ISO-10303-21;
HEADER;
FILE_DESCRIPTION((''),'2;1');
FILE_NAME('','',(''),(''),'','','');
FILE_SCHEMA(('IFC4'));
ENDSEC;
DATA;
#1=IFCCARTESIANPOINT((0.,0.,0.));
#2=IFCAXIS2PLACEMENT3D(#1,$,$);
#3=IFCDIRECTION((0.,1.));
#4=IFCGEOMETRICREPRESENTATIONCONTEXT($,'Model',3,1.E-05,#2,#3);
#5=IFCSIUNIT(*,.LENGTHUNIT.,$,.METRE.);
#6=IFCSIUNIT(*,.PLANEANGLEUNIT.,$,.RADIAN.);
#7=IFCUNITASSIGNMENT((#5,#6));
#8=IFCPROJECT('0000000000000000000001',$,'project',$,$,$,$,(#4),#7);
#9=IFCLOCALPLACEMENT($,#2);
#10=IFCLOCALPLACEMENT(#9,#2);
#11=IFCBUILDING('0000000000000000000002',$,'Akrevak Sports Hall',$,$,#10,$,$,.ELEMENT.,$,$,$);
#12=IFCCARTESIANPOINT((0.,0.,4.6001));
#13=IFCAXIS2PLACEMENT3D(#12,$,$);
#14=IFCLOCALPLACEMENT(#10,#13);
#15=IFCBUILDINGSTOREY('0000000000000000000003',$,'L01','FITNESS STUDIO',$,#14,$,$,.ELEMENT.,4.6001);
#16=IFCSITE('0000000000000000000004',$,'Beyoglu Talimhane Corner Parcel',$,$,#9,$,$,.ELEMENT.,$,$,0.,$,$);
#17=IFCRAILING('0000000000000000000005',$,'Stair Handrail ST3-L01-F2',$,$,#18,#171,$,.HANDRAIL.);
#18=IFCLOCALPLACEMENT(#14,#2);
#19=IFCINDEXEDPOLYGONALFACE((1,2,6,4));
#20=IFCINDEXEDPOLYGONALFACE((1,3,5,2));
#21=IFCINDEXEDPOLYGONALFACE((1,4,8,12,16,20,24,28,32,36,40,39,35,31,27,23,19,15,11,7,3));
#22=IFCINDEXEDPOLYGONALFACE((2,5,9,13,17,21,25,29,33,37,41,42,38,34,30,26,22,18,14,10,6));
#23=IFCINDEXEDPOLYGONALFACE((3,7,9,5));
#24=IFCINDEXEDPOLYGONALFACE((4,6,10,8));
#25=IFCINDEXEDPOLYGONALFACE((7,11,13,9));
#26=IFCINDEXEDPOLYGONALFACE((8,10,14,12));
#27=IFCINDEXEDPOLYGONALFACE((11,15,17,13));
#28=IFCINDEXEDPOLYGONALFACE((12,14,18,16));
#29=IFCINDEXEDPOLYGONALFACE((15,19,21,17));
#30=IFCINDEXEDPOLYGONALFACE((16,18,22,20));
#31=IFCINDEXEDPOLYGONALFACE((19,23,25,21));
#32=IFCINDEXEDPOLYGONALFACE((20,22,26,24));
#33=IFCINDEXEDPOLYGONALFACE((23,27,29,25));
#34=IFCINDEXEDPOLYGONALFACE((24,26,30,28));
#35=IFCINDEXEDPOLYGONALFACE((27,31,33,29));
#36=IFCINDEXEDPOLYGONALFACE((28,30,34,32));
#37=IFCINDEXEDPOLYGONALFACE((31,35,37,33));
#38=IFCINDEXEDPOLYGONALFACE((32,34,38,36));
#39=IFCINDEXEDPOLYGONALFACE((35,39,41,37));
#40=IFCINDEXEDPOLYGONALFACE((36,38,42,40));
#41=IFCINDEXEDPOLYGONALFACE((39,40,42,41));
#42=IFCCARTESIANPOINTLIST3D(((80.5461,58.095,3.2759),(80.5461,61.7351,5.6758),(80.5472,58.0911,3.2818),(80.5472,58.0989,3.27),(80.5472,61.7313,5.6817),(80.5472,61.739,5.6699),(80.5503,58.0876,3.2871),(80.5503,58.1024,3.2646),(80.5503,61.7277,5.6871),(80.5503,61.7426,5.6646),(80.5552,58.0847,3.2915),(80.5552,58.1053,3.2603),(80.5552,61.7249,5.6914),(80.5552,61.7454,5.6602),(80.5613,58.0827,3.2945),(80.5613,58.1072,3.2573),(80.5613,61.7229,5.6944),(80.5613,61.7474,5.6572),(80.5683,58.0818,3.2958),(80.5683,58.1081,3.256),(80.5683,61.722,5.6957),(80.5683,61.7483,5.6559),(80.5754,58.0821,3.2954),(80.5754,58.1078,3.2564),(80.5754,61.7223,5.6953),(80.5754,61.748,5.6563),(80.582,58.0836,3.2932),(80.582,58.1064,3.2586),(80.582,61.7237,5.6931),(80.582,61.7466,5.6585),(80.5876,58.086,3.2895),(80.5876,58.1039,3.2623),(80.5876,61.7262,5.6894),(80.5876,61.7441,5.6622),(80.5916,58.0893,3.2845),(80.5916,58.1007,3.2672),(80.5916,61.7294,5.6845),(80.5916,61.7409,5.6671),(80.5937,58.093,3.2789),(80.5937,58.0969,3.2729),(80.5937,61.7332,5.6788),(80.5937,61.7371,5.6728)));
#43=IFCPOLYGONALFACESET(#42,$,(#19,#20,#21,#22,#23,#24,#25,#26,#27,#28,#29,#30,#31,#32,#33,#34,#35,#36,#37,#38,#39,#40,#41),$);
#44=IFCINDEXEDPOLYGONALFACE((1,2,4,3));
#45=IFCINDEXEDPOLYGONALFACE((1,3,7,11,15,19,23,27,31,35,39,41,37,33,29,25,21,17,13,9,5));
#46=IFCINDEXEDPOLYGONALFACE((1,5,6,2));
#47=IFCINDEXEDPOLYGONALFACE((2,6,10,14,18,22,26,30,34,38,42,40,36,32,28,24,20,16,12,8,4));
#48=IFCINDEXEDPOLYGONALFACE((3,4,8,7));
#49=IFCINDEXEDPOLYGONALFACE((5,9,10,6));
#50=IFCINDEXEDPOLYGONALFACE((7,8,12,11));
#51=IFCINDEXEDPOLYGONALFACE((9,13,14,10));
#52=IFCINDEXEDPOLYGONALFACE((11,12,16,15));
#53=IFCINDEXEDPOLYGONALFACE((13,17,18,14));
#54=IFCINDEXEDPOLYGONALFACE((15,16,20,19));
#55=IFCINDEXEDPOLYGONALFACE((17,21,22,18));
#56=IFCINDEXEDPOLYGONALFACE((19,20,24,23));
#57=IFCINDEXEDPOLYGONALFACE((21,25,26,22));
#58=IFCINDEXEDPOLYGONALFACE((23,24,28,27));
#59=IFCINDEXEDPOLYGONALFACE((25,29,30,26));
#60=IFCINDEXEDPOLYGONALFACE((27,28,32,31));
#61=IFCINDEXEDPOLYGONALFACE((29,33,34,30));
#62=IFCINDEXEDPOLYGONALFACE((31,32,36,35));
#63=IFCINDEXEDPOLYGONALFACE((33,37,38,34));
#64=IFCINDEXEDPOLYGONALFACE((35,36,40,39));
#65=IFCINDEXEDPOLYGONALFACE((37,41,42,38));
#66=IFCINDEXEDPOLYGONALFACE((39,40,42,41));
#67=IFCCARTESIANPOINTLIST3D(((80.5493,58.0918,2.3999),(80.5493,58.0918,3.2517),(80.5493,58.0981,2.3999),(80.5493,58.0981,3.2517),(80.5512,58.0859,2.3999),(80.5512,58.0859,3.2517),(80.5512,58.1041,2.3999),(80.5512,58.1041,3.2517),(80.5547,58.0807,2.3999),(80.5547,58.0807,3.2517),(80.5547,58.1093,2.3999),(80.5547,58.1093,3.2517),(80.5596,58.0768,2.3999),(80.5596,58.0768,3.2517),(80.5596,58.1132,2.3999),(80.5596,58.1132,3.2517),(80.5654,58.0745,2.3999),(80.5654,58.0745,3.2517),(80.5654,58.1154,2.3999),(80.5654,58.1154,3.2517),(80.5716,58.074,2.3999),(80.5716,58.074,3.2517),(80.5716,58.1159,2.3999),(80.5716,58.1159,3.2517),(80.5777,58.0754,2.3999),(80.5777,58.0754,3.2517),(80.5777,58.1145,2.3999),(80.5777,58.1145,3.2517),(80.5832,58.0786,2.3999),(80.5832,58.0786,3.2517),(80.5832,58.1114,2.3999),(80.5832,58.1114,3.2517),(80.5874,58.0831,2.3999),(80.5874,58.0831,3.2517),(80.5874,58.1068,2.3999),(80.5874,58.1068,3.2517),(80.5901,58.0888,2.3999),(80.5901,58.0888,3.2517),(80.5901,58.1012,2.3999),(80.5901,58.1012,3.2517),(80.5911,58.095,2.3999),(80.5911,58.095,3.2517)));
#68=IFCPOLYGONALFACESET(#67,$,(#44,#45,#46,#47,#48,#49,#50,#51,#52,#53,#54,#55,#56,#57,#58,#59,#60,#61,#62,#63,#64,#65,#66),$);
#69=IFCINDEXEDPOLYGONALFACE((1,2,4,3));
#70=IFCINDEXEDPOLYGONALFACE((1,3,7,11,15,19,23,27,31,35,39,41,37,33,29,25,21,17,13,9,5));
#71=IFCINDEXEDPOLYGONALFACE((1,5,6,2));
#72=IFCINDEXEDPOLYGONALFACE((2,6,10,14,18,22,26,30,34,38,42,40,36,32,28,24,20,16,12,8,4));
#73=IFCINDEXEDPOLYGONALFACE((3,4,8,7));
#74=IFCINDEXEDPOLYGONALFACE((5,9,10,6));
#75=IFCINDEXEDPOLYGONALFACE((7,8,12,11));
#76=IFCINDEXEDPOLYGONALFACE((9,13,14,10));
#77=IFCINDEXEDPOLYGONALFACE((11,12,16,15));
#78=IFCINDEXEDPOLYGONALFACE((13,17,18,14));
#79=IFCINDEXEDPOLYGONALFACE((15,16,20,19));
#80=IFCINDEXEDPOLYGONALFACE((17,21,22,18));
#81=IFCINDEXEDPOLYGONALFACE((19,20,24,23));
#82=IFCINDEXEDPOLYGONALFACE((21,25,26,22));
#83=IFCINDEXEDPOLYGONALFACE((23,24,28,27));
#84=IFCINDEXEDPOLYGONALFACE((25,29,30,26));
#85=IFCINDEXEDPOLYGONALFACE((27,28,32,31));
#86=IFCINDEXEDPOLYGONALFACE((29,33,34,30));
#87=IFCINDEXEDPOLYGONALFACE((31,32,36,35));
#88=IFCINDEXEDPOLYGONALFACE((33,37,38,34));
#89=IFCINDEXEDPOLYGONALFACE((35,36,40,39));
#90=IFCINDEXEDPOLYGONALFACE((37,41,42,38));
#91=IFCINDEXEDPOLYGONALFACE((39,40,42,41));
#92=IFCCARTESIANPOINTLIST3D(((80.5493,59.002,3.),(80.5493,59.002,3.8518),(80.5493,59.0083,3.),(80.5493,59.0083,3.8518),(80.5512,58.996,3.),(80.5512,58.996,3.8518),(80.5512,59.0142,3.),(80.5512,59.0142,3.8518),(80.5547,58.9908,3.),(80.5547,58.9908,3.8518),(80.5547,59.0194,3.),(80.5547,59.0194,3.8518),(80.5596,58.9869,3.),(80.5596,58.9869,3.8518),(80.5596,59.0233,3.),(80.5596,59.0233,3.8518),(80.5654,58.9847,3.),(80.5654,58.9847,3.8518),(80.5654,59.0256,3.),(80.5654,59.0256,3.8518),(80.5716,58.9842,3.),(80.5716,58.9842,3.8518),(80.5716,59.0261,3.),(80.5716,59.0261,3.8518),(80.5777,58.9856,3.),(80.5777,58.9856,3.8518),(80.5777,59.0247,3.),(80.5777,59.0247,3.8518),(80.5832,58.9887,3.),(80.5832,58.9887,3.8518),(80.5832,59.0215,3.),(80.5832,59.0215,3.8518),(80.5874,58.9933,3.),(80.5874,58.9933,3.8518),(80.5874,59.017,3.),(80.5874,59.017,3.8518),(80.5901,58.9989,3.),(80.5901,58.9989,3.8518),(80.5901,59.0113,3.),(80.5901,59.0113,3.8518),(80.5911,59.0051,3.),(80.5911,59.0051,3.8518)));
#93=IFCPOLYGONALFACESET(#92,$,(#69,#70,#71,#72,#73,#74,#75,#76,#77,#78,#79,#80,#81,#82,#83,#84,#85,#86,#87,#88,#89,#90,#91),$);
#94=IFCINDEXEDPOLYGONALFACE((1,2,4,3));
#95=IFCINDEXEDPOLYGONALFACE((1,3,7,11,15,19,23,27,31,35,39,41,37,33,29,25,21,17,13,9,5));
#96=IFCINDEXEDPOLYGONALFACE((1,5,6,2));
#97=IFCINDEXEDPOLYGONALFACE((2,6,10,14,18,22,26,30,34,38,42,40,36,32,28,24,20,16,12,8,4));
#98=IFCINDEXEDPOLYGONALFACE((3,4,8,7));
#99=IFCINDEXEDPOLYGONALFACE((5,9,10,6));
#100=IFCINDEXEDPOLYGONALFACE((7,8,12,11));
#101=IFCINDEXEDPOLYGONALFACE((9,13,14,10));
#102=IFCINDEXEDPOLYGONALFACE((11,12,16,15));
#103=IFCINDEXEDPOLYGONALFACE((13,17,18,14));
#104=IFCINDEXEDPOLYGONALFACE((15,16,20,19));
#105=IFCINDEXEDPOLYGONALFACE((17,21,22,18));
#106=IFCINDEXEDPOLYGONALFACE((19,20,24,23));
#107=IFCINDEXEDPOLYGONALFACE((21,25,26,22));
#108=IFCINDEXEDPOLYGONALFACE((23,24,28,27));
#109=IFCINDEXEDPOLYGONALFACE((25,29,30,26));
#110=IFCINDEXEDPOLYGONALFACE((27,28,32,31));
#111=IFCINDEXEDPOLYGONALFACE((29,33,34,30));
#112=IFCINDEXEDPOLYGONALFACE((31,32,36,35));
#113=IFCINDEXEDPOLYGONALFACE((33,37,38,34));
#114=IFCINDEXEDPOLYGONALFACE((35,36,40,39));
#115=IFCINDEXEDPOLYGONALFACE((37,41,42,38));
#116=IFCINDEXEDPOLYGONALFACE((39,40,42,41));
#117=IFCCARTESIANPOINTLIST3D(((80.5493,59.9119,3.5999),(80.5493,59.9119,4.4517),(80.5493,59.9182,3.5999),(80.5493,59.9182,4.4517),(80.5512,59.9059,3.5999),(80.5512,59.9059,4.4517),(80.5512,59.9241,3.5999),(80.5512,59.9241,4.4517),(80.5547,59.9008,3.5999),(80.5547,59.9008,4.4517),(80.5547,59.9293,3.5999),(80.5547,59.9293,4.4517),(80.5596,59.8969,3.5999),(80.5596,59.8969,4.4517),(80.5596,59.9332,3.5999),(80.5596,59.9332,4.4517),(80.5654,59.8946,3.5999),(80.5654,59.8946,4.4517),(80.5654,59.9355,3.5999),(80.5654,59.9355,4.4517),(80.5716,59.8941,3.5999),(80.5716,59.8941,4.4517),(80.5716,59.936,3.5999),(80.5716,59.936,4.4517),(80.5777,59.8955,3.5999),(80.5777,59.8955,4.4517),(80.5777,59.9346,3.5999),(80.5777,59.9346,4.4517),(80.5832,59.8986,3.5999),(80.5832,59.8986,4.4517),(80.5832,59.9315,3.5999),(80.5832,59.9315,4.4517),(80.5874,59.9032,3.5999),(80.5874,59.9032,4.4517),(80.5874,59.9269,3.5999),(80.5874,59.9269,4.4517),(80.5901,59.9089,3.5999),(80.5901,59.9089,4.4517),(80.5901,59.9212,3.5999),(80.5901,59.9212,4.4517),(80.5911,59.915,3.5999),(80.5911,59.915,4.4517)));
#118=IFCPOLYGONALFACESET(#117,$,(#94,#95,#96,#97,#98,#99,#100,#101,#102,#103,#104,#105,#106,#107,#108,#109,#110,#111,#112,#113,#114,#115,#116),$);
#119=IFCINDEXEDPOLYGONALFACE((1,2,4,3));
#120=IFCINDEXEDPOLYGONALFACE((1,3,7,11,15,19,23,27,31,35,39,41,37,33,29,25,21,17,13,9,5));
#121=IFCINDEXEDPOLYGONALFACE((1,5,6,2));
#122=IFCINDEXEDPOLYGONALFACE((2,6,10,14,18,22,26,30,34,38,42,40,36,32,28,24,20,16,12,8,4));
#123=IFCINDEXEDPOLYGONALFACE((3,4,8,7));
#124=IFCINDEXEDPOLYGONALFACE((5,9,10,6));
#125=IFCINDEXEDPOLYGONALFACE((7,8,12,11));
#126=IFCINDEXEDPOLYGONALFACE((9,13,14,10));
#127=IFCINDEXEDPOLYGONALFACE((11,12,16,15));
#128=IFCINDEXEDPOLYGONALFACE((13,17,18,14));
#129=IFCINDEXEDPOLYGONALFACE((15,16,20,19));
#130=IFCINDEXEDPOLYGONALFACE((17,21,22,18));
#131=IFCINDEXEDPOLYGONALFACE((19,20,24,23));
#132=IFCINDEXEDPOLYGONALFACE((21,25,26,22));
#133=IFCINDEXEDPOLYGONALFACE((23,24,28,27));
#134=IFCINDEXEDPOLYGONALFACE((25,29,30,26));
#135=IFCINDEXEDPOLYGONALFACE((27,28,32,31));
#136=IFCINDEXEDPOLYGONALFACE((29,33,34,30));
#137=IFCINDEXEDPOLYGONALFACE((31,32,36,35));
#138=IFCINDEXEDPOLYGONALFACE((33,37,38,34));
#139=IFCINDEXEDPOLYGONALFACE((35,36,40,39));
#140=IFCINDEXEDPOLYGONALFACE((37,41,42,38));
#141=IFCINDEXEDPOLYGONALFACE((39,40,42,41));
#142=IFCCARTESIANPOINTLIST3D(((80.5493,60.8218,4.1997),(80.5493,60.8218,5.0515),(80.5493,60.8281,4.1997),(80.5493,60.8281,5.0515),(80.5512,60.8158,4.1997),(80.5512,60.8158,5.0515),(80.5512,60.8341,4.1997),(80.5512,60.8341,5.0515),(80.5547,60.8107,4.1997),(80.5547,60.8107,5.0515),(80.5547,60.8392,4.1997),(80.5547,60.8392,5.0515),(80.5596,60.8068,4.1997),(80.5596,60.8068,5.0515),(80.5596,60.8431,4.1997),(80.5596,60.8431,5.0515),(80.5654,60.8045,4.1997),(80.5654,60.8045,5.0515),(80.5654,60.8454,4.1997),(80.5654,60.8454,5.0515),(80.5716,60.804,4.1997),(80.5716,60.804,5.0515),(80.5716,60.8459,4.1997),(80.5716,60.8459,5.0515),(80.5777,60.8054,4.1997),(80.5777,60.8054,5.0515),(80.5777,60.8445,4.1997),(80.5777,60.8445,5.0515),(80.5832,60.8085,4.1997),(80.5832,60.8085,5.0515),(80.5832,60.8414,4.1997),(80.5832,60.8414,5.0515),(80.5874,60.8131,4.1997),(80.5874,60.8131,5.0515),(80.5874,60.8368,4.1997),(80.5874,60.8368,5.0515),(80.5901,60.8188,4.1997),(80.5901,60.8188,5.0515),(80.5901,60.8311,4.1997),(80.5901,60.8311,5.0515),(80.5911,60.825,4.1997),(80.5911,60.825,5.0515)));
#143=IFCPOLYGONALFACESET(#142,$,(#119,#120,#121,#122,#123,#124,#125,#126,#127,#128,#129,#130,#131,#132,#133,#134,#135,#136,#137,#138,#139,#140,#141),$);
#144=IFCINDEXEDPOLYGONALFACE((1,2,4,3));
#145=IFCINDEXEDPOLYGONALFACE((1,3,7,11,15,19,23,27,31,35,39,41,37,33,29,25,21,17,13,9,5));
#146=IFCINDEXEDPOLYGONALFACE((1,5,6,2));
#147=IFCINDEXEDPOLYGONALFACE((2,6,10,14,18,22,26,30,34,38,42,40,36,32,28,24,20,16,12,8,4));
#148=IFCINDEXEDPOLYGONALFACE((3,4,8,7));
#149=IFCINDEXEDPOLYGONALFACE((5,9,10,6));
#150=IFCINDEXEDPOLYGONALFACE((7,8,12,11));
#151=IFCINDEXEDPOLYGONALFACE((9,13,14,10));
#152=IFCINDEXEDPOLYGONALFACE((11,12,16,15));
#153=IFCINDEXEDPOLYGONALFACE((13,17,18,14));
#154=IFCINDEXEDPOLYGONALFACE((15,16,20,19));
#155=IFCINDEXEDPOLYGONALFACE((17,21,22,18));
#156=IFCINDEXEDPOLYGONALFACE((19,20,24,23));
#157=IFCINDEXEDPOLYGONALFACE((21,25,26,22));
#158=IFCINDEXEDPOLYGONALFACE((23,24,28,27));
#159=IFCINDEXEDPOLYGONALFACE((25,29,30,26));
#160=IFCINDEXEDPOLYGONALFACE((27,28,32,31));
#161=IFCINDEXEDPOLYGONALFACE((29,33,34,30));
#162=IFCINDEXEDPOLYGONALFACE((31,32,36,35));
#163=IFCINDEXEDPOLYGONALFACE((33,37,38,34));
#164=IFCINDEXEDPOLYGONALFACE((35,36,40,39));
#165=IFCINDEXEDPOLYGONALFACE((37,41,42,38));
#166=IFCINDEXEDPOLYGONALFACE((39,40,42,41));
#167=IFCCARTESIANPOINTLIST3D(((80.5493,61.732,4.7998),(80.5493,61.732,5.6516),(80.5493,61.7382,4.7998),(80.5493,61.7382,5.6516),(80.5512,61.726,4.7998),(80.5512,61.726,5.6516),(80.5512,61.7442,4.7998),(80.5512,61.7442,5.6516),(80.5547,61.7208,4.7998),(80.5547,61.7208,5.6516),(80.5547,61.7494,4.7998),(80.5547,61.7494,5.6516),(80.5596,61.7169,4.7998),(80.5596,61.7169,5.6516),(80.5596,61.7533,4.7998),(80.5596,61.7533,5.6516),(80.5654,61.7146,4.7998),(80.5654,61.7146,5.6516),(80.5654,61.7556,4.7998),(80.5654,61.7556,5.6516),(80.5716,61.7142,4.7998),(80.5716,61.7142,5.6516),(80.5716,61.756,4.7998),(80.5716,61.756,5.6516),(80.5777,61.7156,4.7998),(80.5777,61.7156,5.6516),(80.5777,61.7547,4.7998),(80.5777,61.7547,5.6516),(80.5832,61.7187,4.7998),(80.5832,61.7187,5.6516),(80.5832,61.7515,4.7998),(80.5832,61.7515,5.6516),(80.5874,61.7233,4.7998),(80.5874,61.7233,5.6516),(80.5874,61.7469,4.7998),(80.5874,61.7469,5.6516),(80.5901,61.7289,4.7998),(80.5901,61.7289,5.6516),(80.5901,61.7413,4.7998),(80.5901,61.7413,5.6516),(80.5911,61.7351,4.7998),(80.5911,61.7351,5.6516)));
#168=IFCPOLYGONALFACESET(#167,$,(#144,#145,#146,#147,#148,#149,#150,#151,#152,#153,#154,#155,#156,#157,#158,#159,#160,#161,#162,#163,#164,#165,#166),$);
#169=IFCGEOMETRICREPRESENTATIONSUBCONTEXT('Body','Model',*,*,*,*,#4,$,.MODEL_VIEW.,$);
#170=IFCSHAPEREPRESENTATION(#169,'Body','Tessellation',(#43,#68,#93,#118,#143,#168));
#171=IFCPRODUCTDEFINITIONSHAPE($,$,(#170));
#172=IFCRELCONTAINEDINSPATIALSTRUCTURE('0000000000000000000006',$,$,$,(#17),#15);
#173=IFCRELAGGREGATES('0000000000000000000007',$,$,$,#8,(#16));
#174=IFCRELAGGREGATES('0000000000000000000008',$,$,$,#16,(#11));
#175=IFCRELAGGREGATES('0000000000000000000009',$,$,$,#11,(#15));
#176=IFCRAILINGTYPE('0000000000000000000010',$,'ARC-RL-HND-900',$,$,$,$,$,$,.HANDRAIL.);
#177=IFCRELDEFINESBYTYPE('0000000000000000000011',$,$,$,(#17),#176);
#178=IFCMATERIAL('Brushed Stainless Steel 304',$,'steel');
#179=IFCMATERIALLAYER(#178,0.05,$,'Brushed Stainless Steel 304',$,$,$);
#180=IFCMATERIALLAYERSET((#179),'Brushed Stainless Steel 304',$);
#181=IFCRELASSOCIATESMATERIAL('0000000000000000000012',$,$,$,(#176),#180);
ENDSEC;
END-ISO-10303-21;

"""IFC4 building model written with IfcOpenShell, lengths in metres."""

from ifc_helpers import new_model, si_unit, direction, frame, origin, origin_2d, place, context, subcontext, project, spatial, circle, extrude, material, layer, layer_set, type_object, element, save


model = new_model("IFC4")

# Units and contexts
model_context = context("Model", 3, precision=1e-05, world=origin(), true_north=direction((0.0, 1.0)))
body_context = subcontext(model_context, "Body", "Model", "MODEL_VIEW")
ifc_project = project(units=[si_unit("LENGTHUNIT", "METRE"), si_unit("PLANEANGLEUNIT", "RADIAN")], contexts=[model_context])

# Site, building, storey
site_placement = place(None, origin())
site = spatial("IfcSite", under=ifc_project, at=site_placement, Name="Beyoglu Talimhane Corner Parcel", CompositionType="ELEMENT", RefElevation=0.0)
building_placement = place(site_placement, origin())
building = spatial("IfcBuilding", under=site, at=building_placement, Name="Akrevak Sports Hall", CompositionType="ELEMENT")
storey_placement = place(building_placement, frame((0.0, 0.0, 4.6001)))
storey = spatial("IfcBuildingStorey", under=building, at=storey_placement, Name="L01", Description="FITNESS STUDIO", CompositionType="ELEMENT", Elevation=4.6001)

# Railing
ifc_material_1 = material(Name="Brushed Stainless Steel 304", Category="steel")
ifc_layer_1 = layer(ifc_material_1, 0.05, Name="Brushed Stainless Steel 304")
ifc_layer_set_1 = layer_set([ifc_layer_1], Name="Brushed Stainless Steel 304")
railing_type_1 = type_object("IfcRailingType", Name="ARC-RL-HND-900", PredefinedType="HANDRAIL", material=ifc_layer_set_1)
railing_1_placement = place(storey_placement, frame((80.5701, 58.095, 2.3999)))
element("IfcRailing", 1, at=railing_1_placement, inside=storey, type_object=railing_type_1, Name="Stair Handrail ST3-L01-F2", PredefinedType="HANDRAIL", context=body_context, shape_type="SweptSolid", body=[
    extrude(circle(Radius=0.0239, at=origin_2d()), frame((0.0, 0.0, 0.876), z_axis=(0.0, 0.834882, 0.550429), x_axis=(-1.0, 0.0, 0.0)), (0.0, 0.0, 1.0), 4.3601),
    extrude(circle(Radius=0.021, at=origin_2d()), origin(), (0.0, 0.0, 1.0), 0.8518),
    extrude(circle(Radius=0.021, at=origin_2d()), frame((0.0, 0.9102, 0.6001)), (0.0, 0.0, 1.0), 0.8518),
    extrude(circle(Radius=0.021, at=origin_2d()), frame((0.0, 1.8201, 1.2)), (0.0, 0.0, 1.0), 0.8518),
    extrude(circle(Radius=0.021, at=origin_2d()), frame((0.0, 2.73, 1.7998)), (0.0, 0.0, 1.0), 0.8518),
    extrude(circle(Radius=0.021, at=origin_2d()), frame((0.0, 3.6401, 2.3999)), (0.0, 0.0, 1.0), 0.8518),
])

save(model, "model.ifc")
